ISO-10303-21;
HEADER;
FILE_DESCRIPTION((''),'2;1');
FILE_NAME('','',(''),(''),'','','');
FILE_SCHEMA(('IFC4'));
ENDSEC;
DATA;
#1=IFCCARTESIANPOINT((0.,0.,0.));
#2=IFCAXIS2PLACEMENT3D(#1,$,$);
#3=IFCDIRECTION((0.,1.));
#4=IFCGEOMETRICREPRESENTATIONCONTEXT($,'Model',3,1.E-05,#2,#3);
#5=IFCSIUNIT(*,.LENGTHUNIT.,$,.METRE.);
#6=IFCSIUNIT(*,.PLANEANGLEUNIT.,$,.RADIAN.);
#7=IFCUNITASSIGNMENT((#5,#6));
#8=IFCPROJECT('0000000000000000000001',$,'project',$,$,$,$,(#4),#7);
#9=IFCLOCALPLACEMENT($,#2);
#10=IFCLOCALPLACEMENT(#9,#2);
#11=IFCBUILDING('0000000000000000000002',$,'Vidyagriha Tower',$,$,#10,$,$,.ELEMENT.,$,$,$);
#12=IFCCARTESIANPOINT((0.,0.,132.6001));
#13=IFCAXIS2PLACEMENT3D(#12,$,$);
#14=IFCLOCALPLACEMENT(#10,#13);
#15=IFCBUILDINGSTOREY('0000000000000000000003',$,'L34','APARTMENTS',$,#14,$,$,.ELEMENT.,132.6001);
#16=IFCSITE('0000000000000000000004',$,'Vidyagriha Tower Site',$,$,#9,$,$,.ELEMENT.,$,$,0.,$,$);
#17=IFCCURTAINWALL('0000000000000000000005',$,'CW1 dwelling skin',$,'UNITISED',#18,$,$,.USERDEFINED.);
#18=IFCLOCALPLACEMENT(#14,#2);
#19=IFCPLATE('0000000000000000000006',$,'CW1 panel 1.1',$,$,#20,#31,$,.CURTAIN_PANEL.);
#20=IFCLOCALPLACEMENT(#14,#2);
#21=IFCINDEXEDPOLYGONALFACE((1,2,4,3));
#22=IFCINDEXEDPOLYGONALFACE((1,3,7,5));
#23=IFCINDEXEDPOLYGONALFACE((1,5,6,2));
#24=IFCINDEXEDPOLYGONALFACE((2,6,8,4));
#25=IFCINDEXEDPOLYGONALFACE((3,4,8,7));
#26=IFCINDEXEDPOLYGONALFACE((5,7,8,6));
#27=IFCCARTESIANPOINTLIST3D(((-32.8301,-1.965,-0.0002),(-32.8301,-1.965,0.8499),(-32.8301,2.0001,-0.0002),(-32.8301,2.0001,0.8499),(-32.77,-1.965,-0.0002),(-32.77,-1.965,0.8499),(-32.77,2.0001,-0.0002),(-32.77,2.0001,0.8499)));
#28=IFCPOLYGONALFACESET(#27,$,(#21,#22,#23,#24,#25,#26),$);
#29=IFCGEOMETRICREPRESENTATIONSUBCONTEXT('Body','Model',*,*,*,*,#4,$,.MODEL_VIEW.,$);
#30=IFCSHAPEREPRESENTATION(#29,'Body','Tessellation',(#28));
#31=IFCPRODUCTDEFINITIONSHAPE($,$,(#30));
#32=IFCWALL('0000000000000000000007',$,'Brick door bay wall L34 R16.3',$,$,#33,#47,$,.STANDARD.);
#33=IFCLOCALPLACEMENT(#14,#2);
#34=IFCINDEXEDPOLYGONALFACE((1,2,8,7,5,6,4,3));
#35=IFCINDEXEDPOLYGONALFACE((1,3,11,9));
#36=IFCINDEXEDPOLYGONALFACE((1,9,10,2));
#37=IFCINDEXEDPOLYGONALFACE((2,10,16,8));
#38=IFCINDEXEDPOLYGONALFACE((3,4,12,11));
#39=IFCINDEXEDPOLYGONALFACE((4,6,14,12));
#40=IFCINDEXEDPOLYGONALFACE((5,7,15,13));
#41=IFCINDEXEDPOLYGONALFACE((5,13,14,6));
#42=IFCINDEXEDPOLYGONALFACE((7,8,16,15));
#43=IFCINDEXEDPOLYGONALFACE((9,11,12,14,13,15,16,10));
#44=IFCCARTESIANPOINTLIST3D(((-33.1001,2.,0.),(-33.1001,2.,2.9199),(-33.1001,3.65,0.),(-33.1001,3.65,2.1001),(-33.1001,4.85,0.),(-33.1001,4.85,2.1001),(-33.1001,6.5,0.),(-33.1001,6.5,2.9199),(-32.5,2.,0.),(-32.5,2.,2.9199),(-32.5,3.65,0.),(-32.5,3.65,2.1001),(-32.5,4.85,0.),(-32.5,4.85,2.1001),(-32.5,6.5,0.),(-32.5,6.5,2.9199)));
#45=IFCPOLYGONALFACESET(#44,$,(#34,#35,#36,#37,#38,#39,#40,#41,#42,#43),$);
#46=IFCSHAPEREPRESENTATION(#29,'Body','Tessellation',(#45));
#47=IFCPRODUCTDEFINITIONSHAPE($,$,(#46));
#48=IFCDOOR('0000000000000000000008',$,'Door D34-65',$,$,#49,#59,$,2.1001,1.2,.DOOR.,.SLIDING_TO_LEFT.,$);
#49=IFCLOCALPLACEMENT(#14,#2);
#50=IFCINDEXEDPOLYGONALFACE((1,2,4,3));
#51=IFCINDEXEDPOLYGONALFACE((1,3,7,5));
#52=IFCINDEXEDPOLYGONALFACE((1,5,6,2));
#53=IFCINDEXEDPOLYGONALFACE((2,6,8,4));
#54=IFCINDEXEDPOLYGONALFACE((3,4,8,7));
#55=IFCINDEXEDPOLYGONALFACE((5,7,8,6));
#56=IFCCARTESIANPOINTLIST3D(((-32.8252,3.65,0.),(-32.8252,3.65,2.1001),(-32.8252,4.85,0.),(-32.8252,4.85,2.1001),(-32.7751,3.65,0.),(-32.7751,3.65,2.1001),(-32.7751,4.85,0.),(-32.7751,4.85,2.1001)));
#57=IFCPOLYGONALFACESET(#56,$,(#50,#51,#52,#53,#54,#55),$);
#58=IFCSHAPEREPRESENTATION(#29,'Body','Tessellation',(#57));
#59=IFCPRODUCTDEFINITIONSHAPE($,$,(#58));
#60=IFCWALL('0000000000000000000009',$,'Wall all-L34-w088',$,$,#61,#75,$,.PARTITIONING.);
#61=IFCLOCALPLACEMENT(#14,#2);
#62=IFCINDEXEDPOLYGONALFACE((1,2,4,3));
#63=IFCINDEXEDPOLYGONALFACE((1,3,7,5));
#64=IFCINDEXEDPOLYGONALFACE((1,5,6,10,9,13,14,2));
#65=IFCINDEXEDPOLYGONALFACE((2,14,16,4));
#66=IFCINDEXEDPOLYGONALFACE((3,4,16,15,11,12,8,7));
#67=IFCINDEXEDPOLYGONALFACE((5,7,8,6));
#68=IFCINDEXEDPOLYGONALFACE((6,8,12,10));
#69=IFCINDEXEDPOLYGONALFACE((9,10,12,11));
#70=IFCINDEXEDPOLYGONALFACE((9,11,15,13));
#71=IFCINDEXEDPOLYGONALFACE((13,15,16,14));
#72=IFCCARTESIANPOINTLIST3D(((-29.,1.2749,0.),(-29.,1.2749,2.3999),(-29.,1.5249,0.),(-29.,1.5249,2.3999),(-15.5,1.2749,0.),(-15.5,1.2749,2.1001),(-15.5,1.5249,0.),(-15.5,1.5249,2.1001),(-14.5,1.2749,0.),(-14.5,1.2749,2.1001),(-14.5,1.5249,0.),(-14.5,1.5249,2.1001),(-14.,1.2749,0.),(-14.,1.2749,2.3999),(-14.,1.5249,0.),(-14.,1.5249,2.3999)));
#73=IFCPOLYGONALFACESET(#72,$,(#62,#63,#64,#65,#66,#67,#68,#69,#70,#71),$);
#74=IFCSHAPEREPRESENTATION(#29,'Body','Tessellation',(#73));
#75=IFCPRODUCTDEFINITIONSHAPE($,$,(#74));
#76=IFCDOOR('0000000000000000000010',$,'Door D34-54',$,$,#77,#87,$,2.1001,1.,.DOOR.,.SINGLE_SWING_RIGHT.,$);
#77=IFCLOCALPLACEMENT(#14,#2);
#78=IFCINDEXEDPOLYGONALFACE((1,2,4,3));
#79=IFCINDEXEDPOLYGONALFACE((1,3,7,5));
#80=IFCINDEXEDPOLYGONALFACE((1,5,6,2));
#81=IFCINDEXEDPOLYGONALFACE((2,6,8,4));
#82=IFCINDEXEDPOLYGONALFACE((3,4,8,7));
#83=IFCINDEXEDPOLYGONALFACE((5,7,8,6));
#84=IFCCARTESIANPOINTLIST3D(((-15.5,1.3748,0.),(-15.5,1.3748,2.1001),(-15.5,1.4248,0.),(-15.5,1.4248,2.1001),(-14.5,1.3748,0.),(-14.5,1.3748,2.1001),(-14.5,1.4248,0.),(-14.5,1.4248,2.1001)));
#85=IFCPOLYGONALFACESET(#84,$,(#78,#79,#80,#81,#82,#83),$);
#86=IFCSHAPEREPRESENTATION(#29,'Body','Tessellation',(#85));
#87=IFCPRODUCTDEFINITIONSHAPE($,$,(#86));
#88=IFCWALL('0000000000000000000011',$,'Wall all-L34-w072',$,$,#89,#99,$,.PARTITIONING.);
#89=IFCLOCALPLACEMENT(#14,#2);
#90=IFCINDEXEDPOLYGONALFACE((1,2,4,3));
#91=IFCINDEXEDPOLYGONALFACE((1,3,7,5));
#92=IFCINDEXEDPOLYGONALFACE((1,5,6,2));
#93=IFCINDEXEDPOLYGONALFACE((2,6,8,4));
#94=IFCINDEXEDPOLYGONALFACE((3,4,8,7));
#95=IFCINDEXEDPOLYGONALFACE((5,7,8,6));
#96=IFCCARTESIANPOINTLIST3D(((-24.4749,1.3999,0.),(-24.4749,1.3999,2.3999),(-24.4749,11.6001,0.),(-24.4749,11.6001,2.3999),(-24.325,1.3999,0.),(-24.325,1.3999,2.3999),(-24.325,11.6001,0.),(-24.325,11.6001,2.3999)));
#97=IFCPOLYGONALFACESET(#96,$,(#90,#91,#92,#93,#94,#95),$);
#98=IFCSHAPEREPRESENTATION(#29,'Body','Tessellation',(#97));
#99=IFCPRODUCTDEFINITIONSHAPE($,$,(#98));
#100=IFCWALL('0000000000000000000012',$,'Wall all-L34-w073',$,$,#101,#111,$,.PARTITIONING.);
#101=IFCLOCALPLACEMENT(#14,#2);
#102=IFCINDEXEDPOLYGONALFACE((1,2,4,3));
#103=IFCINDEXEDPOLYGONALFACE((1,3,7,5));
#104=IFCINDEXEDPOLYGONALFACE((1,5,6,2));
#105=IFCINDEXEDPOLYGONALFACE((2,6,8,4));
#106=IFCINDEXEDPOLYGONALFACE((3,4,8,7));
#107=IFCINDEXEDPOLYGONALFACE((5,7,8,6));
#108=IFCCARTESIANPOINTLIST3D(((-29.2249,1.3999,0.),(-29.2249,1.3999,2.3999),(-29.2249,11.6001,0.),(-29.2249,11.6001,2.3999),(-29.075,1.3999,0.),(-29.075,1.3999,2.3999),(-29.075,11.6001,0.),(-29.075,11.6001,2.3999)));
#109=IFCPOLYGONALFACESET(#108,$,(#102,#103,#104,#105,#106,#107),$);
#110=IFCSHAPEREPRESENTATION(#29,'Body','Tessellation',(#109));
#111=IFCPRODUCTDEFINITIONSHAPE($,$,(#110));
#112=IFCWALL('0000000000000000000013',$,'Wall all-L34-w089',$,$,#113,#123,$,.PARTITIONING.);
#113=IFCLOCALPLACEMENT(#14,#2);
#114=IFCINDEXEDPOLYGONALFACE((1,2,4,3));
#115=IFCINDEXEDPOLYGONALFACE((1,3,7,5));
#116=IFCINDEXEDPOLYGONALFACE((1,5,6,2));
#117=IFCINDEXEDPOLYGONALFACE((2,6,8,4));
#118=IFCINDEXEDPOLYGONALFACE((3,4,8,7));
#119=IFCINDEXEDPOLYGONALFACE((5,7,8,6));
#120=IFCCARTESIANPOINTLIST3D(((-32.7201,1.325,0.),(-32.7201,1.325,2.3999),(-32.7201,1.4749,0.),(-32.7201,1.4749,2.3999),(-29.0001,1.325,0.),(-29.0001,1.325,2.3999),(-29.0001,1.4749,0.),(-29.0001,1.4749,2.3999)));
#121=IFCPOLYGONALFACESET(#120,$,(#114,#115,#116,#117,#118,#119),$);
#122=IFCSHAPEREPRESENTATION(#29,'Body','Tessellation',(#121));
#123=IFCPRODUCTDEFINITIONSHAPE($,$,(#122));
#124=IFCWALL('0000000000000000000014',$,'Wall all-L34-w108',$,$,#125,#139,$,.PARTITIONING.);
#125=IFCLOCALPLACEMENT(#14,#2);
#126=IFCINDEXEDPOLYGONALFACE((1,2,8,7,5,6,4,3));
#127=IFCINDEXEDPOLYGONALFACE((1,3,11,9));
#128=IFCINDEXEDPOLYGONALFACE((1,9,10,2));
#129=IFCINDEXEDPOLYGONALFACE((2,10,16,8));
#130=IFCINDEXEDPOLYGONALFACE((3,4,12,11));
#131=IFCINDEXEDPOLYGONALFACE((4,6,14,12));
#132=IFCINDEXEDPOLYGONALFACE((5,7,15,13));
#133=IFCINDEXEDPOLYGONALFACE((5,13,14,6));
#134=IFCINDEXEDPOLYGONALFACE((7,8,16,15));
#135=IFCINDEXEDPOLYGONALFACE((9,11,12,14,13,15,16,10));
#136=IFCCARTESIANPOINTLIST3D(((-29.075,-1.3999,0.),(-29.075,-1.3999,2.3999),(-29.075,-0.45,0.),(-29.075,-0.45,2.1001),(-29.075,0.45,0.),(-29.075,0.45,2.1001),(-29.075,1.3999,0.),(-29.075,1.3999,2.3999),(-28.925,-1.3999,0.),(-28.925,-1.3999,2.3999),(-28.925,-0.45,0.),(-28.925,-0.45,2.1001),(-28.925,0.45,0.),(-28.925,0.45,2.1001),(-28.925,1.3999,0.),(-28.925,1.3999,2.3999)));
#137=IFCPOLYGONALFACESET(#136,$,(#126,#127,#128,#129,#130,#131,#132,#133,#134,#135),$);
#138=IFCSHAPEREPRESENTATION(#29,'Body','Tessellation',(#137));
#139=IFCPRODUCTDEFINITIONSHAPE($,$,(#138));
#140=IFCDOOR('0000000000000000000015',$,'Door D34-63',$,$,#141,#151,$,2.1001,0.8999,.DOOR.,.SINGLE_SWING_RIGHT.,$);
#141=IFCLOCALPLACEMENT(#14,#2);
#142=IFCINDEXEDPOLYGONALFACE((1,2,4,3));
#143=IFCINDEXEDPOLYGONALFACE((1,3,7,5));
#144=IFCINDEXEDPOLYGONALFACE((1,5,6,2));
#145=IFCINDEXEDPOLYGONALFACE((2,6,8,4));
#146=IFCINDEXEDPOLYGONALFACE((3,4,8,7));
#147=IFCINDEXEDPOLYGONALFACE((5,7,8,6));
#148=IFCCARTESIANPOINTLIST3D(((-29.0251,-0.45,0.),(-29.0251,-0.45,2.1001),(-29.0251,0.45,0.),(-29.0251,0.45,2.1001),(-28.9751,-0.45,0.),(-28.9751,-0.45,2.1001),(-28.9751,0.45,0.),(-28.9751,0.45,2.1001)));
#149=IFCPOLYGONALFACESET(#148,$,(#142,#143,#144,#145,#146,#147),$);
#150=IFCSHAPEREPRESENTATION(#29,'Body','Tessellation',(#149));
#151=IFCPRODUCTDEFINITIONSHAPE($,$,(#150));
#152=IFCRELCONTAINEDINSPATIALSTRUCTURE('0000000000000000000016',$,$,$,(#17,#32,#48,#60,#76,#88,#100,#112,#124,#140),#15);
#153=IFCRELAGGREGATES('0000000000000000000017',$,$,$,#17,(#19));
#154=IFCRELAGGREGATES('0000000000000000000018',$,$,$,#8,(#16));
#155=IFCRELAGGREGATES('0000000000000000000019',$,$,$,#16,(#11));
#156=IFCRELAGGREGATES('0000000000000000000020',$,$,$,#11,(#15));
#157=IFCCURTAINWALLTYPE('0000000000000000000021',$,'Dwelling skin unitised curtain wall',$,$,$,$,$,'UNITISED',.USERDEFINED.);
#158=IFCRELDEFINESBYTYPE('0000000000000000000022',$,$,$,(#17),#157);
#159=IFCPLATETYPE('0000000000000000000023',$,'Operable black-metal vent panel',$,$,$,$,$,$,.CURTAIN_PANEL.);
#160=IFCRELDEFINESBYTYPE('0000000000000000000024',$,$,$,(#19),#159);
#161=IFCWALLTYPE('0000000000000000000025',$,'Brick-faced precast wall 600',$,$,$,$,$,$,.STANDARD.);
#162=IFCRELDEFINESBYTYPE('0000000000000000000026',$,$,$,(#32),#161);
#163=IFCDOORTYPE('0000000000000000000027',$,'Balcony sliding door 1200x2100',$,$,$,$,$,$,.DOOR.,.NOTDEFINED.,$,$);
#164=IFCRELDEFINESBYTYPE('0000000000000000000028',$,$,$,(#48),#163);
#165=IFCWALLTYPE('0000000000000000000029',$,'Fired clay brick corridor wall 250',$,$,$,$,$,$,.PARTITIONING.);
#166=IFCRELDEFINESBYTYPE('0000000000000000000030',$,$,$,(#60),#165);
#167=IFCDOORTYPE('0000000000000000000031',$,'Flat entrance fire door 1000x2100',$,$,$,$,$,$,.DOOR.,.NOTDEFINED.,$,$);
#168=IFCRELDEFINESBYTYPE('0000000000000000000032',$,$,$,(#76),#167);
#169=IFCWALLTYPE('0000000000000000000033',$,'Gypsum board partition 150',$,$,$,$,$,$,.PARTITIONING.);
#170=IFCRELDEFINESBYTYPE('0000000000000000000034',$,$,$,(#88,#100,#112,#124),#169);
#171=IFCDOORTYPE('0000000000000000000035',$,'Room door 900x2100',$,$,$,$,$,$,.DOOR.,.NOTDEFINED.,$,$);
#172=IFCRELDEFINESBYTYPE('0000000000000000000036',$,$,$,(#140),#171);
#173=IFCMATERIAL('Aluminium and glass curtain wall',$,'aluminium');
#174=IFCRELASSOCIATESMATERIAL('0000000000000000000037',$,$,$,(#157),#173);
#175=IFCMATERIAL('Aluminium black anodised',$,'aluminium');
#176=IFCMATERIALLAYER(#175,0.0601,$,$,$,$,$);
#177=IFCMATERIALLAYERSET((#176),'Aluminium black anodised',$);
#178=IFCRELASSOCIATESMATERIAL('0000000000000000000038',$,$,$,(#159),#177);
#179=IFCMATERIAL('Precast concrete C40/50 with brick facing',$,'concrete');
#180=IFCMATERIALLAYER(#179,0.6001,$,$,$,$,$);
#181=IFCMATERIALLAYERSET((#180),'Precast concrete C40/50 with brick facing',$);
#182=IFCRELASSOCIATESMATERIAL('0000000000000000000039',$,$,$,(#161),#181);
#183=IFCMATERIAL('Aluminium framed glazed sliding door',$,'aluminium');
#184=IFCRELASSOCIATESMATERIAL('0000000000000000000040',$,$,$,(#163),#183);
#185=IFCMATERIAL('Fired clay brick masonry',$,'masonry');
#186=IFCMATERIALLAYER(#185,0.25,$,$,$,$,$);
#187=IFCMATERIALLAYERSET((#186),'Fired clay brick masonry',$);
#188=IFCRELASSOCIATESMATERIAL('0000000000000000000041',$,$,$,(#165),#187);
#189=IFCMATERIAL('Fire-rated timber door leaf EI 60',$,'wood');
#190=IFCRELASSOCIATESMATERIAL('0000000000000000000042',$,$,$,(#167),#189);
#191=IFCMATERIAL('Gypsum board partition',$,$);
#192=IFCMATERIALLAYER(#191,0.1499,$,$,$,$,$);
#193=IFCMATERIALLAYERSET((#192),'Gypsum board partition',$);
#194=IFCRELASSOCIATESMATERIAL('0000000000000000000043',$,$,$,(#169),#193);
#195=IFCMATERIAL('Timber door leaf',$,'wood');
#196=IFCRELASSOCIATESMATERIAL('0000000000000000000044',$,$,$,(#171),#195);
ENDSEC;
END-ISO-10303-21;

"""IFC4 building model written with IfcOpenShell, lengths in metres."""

from ifc_helpers import new_model, si_unit, direction, frame, frame_2d, origin, origin_2d, place, context, subcontext, project, spatial, rectangle, extrude, material, layer, layer_set, type_object, element, fill, aggregate, save


model = new_model("IFC4")

# Units and contexts
model_context = context("Model", 3, precision=1e-05, world=origin(), true_north=direction((0.0, 1.0)))
body_context = subcontext(model_context, "Body", "Model", "MODEL_VIEW")
ifc_project = project(units=[si_unit("LENGTHUNIT", "METRE"), si_unit("PLANEANGLEUNIT", "RADIAN")], contexts=[model_context])

# Site, building, storey
site_placement = place(None, origin())
site = spatial("IfcSite", under=ifc_project, at=site_placement, Name="Vidyagriha Tower Site", CompositionType="ELEMENT", RefElevation=0.0)
building_placement = place(site_placement, origin())
building = spatial("IfcBuilding", under=site, at=building_placement, Name="Vidyagriha Tower", CompositionType="ELEMENT")
storey_placement = place(building_placement, frame((0.0, 0.0, 132.6001)))
storey = spatial("IfcBuildingStorey", under=building, at=storey_placement, Name="L34", Description="APARTMENTS", CompositionType="ELEMENT", Elevation=132.6001)

# Shared definitions
ifc_material_1 = material(Name="Aluminium and glass curtain wall", Category="aluminium")
curtain_wall_type = type_object("IfcCurtainWallType", Name="Dwelling skin unitised curtain wall", ElementType="UNITISED", PredefinedType="USERDEFINED", material=ifc_material_1)

# Curtain wall
curtain_wall_1_placement = place(storey_placement, origin())
curtain_wall_1 = element("IfcCurtainWall", 1, at=curtain_wall_1_placement, inside=storey, type_object=curtain_wall_type, Name="CW1 dwelling skin", ObjectType="UNITISED", PredefinedType="USERDEFINED")

# Plate
ifc_material_2 = material(Name="Aluminium black anodised", Category="aluminium")
ifc_layer_1 = layer(ifc_material_2, 0.0601)
ifc_layer_set_1 = layer_set([ifc_layer_1], Name="Aluminium black anodised")
plate_type_1 = type_object("IfcPlateType", Name="Operable black-metal vent panel", PredefinedType="CURTAIN_PANEL", material=ifc_layer_set_1)
plate_1_placement = place(storey_placement, frame((-32.8, 0.0176, -0.0002), z_axis=(0.0, 0.0, 1.0), x_axis=(0.0, -1.0, 0.0)))
plate_1 = element("IfcPlate", 2, at=plate_1_placement, type_object=plate_type_1, Name="CW1 panel 1.1", PredefinedType="CURTAIN_PANEL", context=body_context, shape_type="SweptSolid", body=[
    extrude(rectangle(XDim=3.9651, YDim=0.0601, at=origin_2d()), origin(), (0.0, 0.0, 1.0), 0.8501),
])
aggregate(curtain_wall_1, [plate_1])

# Walls, openings, doors
ifc_material_3 = material(Name="Precast concrete C40/50 with brick facing", Category="concrete")
ifc_layer_2 = layer(ifc_material_3, 0.6001)
ifc_layer_set_2 = layer_set([ifc_layer_2], Name="Precast concrete C40/50 with brick facing")
wall_type_1 = type_object("IfcWallType", Name="Brick-faced precast wall 600", PredefinedType="STANDARD", material=ifc_layer_set_2)
wall_1_placement = place(storey_placement, frame((-32.8, 6.5, 0.0), z_axis=(0.0, 0.0, 1.0), x_axis=(0.0, -1.0, 0.0)))
wall_1 = element("IfcWall", 3, at=wall_1_placement, inside=storey, type_object=wall_type_1, Name="Brick door bay wall L34 R16.3", PredefinedType="STANDARD", context=body_context, shape_type="SweptSolid", body=[
    extrude(rectangle(XDim=4.5, YDim=0.6001, at=frame_2d((2.25, 0.0))), origin(), (0.0, 0.0, 1.0), 2.9199),
])
opening_1_placement = place(wall_1_placement, frame((1.6499, 0.0, 0.0)))
opening_1 = element("IfcOpeningElement", 4, at=opening_1_placement, cuts=wall_1, PredefinedType="OPENING", context=body_context, shape_type="SweptSolid", body=[
    extrude(rectangle(XDim=1.2, YDim=2.1001, at=frame_2d((0.6001, 1.05))), frame((0.0, 0.3101, 0.0), z_axis=(0.0, -1.0, 0.0), x_axis=(1.0, 0.0, 0.0)), (0.0, 0.0, 1.0), 0.6201),
])
ifc_material_4 = material(Name="Aluminium framed glazed sliding door", Category="aluminium")
door_type_1 = type_object("IfcDoorType", Name="Balcony sliding door 1200x2100", OperationType="NOTDEFINED", PredefinedType="DOOR", material=ifc_material_4)
door_1_placement = place(opening_1_placement, origin())
door_1 = element("IfcDoor", 5, at=door_1_placement, inside=storey, type_object=door_type_1, Name="Door D34-65", OperationType="SLIDING_TO_LEFT", OverallHeight=2.1001, OverallWidth=1.2, PredefinedType="DOOR", context=body_context, shape_type="SweptSolid", body=[
    extrude(rectangle(XDim=1.2, YDim=2.1001, at=frame_2d((0.6001, 1.05))), frame((0.0, 0.0249, 0.0), z_axis=(0.0, -1.0, 0.0), x_axis=(1.0, 0.0, 0.0)), (0.0, 0.0, 1.0), 0.05),
])
fill(opening_1, door_1)
ifc_material_5 = material(Name="Fired clay brick masonry", Category="masonry")
ifc_layer_3 = layer(ifc_material_5, 0.25)
ifc_layer_set_3 = layer_set([ifc_layer_3], Name="Fired clay brick masonry")
wall_type_2 = type_object("IfcWallType", Name="Fired clay brick corridor wall 250", PredefinedType="PARTITIONING", material=ifc_layer_set_3)
wall_2_placement = place(storey_placement, frame((-29.0, 1.3999, 0.0)))
wall_2 = element("IfcWall", 6, at=wall_2_placement, inside=storey, type_object=wall_type_2, Name="Wall all-L34-w088", PredefinedType="PARTITIONING", context=body_context, shape_type="SweptSolid", body=[
    extrude(rectangle(XDim=15.0, YDim=0.25, at=frame_2d((7.5, 0.0))), origin(), (0.0, 0.0, 1.0), 2.3999),
])
opening_2_placement = place(wall_2_placement, frame((13.5, 0.0, 0.0)))
opening_2 = element("IfcOpeningElement", 7, at=opening_2_placement, cuts=wall_2, PredefinedType="OPENING", context=body_context, shape_type="SweptSolid", body=[
    extrude(rectangle(XDim=1.0, YDim=2.1001, at=frame_2d((0.5, 1.05))), frame((0.0, 0.135, 0.0), z_axis=(0.0, -1.0, 0.0), x_axis=(1.0, 0.0, 0.0)), (0.0, 0.0, 1.0), 0.27),
])
ifc_material_6 = material(Name="Fire-rated timber door leaf EI 60", Category="wood")
door_type_2 = type_object("IfcDoorType", Name="Flat entrance fire door 1000x2100", OperationType="NOTDEFINED", PredefinedType="DOOR", material=ifc_material_6)
door_2_placement = place(opening_2_placement, origin())
door_2 = element("IfcDoor", 8, at=door_2_placement, inside=storey, type_object=door_type_2, Name="Door D34-54", OperationType="SINGLE_SWING_RIGHT", OverallHeight=2.1001, OverallWidth=1.0, PredefinedType="DOOR", context=body_context, shape_type="SweptSolid", body=[
    extrude(rectangle(XDim=1.0, YDim=2.1001, at=frame_2d((0.5, 1.05))), frame((0.0, 0.0249, 0.0), z_axis=(0.0, -1.0, 0.0), x_axis=(1.0, 0.0, 0.0)), (0.0, 0.0, 1.0), 0.05),
])
fill(opening_2, door_2)

# Walls
ifc_material_7 = material(Name="Gypsum board partition")
ifc_layer_4 = layer(ifc_material_7, 0.1499)
ifc_layer_set_4 = layer_set([ifc_layer_4], Name="Gypsum board partition")
wall_type_3 = type_object("IfcWallType", Name="Gypsum board partition 150", PredefinedType="PARTITIONING", material=ifc_layer_set_4)
for number, where, z_axis, x_axis, name in (
    (9, (-24.3999, 1.3999, 0.0), (0.0, 0.0, 1.0), (0.0, 1.0, 0.0), "Wall all-L34-w072"),
    (10, (-29.1499, 1.3999, 0.0), (0.0, 0.0, 1.0), (0.0, 1.0, 0.0), "Wall all-L34-w073"),
):
    element("IfcWall", number, at=place(storey_placement, frame(where, z_axis=z_axis, x_axis=x_axis)), inside=storey, type_object=wall_type_3, Name=name, PredefinedType="PARTITIONING", context=body_context, shape_type="SweptSolid", body=[
        extrude(rectangle(XDim=10.2002, YDim=0.1499, at=frame_2d((5.1001, 0.0))), origin(), (0.0, 0.0, 1.0), 2.3999),
    ])
wall_3_placement = place(storey_placement, frame((-32.72, 1.3999, 0.0)))
element("IfcWall", 11, at=wall_3_placement, inside=storey, type_object=wall_type_3, Name="Wall all-L34-w089", PredefinedType="PARTITIONING", context=body_context, shape_type="SweptSolid", body=[
    extrude(rectangle(XDim=3.72, YDim=0.1499, at=frame_2d((1.8599, 0.0))), origin(), (0.0, 0.0, 1.0), 2.3999),
])

# Wall, opening, door
wall_4_placement = place(storey_placement, frame((-29.0, 1.3999, 0.0), z_axis=(0.0, 0.0, 1.0), x_axis=(0.0, -1.0, 0.0)))
wall_4 = element("IfcWall", 12, at=wall_4_placement, inside=storey, type_object=wall_type_3, Name="Wall all-L34-w108", PredefinedType="PARTITIONING", context=body_context, shape_type="SweptSolid", body=[
    extrude(rectangle(XDim=2.7998, YDim=0.1499, at=frame_2d((1.3999, 0.0))), origin(), (0.0, 0.0, 1.0), 2.3999),
])
opening_3_placement = place(wall_4_placement, frame((0.95, 0.0, 0.0)))
opening_3 = element("IfcOpeningElement", 13, at=opening_3_placement, cuts=wall_4, PredefinedType="OPENING", context=body_context, shape_type="SweptSolid", body=[
    extrude(rectangle(XDim=0.8999, YDim=2.1001, at=frame_2d((0.45, 1.05))), frame((0.0, 0.085, 0.0), z_axis=(0.0, -1.0, 0.0), x_axis=(1.0, 0.0, 0.0)), (0.0, 0.0, 1.0), 0.1699),
])
ifc_material_8 = material(Name="Timber door leaf", Category="wood")
door_type_3 = type_object("IfcDoorType", Name="Room door 900x2100", OperationType="NOTDEFINED", PredefinedType="DOOR", material=ifc_material_8)
door_3_placement = place(opening_3_placement, origin())
door_3 = element("IfcDoor", 14, at=door_3_placement, inside=storey, type_object=door_type_3, Name="Door D34-63", OperationType="SINGLE_SWING_RIGHT", OverallHeight=2.1001, OverallWidth=0.8999, PredefinedType="DOOR", context=body_context, shape_type="SweptSolid", body=[
    extrude(rectangle(XDim=0.8999, YDim=2.1001, at=frame_2d((0.45, 1.05))), frame((0.0, 0.0249, 0.0), z_axis=(0.0, -1.0, 0.0), x_axis=(1.0, 0.0, 0.0)), (0.0, 0.0, 1.0), 0.05),
])
fill(opening_3, door_3)

save(model, "model.ifc")
